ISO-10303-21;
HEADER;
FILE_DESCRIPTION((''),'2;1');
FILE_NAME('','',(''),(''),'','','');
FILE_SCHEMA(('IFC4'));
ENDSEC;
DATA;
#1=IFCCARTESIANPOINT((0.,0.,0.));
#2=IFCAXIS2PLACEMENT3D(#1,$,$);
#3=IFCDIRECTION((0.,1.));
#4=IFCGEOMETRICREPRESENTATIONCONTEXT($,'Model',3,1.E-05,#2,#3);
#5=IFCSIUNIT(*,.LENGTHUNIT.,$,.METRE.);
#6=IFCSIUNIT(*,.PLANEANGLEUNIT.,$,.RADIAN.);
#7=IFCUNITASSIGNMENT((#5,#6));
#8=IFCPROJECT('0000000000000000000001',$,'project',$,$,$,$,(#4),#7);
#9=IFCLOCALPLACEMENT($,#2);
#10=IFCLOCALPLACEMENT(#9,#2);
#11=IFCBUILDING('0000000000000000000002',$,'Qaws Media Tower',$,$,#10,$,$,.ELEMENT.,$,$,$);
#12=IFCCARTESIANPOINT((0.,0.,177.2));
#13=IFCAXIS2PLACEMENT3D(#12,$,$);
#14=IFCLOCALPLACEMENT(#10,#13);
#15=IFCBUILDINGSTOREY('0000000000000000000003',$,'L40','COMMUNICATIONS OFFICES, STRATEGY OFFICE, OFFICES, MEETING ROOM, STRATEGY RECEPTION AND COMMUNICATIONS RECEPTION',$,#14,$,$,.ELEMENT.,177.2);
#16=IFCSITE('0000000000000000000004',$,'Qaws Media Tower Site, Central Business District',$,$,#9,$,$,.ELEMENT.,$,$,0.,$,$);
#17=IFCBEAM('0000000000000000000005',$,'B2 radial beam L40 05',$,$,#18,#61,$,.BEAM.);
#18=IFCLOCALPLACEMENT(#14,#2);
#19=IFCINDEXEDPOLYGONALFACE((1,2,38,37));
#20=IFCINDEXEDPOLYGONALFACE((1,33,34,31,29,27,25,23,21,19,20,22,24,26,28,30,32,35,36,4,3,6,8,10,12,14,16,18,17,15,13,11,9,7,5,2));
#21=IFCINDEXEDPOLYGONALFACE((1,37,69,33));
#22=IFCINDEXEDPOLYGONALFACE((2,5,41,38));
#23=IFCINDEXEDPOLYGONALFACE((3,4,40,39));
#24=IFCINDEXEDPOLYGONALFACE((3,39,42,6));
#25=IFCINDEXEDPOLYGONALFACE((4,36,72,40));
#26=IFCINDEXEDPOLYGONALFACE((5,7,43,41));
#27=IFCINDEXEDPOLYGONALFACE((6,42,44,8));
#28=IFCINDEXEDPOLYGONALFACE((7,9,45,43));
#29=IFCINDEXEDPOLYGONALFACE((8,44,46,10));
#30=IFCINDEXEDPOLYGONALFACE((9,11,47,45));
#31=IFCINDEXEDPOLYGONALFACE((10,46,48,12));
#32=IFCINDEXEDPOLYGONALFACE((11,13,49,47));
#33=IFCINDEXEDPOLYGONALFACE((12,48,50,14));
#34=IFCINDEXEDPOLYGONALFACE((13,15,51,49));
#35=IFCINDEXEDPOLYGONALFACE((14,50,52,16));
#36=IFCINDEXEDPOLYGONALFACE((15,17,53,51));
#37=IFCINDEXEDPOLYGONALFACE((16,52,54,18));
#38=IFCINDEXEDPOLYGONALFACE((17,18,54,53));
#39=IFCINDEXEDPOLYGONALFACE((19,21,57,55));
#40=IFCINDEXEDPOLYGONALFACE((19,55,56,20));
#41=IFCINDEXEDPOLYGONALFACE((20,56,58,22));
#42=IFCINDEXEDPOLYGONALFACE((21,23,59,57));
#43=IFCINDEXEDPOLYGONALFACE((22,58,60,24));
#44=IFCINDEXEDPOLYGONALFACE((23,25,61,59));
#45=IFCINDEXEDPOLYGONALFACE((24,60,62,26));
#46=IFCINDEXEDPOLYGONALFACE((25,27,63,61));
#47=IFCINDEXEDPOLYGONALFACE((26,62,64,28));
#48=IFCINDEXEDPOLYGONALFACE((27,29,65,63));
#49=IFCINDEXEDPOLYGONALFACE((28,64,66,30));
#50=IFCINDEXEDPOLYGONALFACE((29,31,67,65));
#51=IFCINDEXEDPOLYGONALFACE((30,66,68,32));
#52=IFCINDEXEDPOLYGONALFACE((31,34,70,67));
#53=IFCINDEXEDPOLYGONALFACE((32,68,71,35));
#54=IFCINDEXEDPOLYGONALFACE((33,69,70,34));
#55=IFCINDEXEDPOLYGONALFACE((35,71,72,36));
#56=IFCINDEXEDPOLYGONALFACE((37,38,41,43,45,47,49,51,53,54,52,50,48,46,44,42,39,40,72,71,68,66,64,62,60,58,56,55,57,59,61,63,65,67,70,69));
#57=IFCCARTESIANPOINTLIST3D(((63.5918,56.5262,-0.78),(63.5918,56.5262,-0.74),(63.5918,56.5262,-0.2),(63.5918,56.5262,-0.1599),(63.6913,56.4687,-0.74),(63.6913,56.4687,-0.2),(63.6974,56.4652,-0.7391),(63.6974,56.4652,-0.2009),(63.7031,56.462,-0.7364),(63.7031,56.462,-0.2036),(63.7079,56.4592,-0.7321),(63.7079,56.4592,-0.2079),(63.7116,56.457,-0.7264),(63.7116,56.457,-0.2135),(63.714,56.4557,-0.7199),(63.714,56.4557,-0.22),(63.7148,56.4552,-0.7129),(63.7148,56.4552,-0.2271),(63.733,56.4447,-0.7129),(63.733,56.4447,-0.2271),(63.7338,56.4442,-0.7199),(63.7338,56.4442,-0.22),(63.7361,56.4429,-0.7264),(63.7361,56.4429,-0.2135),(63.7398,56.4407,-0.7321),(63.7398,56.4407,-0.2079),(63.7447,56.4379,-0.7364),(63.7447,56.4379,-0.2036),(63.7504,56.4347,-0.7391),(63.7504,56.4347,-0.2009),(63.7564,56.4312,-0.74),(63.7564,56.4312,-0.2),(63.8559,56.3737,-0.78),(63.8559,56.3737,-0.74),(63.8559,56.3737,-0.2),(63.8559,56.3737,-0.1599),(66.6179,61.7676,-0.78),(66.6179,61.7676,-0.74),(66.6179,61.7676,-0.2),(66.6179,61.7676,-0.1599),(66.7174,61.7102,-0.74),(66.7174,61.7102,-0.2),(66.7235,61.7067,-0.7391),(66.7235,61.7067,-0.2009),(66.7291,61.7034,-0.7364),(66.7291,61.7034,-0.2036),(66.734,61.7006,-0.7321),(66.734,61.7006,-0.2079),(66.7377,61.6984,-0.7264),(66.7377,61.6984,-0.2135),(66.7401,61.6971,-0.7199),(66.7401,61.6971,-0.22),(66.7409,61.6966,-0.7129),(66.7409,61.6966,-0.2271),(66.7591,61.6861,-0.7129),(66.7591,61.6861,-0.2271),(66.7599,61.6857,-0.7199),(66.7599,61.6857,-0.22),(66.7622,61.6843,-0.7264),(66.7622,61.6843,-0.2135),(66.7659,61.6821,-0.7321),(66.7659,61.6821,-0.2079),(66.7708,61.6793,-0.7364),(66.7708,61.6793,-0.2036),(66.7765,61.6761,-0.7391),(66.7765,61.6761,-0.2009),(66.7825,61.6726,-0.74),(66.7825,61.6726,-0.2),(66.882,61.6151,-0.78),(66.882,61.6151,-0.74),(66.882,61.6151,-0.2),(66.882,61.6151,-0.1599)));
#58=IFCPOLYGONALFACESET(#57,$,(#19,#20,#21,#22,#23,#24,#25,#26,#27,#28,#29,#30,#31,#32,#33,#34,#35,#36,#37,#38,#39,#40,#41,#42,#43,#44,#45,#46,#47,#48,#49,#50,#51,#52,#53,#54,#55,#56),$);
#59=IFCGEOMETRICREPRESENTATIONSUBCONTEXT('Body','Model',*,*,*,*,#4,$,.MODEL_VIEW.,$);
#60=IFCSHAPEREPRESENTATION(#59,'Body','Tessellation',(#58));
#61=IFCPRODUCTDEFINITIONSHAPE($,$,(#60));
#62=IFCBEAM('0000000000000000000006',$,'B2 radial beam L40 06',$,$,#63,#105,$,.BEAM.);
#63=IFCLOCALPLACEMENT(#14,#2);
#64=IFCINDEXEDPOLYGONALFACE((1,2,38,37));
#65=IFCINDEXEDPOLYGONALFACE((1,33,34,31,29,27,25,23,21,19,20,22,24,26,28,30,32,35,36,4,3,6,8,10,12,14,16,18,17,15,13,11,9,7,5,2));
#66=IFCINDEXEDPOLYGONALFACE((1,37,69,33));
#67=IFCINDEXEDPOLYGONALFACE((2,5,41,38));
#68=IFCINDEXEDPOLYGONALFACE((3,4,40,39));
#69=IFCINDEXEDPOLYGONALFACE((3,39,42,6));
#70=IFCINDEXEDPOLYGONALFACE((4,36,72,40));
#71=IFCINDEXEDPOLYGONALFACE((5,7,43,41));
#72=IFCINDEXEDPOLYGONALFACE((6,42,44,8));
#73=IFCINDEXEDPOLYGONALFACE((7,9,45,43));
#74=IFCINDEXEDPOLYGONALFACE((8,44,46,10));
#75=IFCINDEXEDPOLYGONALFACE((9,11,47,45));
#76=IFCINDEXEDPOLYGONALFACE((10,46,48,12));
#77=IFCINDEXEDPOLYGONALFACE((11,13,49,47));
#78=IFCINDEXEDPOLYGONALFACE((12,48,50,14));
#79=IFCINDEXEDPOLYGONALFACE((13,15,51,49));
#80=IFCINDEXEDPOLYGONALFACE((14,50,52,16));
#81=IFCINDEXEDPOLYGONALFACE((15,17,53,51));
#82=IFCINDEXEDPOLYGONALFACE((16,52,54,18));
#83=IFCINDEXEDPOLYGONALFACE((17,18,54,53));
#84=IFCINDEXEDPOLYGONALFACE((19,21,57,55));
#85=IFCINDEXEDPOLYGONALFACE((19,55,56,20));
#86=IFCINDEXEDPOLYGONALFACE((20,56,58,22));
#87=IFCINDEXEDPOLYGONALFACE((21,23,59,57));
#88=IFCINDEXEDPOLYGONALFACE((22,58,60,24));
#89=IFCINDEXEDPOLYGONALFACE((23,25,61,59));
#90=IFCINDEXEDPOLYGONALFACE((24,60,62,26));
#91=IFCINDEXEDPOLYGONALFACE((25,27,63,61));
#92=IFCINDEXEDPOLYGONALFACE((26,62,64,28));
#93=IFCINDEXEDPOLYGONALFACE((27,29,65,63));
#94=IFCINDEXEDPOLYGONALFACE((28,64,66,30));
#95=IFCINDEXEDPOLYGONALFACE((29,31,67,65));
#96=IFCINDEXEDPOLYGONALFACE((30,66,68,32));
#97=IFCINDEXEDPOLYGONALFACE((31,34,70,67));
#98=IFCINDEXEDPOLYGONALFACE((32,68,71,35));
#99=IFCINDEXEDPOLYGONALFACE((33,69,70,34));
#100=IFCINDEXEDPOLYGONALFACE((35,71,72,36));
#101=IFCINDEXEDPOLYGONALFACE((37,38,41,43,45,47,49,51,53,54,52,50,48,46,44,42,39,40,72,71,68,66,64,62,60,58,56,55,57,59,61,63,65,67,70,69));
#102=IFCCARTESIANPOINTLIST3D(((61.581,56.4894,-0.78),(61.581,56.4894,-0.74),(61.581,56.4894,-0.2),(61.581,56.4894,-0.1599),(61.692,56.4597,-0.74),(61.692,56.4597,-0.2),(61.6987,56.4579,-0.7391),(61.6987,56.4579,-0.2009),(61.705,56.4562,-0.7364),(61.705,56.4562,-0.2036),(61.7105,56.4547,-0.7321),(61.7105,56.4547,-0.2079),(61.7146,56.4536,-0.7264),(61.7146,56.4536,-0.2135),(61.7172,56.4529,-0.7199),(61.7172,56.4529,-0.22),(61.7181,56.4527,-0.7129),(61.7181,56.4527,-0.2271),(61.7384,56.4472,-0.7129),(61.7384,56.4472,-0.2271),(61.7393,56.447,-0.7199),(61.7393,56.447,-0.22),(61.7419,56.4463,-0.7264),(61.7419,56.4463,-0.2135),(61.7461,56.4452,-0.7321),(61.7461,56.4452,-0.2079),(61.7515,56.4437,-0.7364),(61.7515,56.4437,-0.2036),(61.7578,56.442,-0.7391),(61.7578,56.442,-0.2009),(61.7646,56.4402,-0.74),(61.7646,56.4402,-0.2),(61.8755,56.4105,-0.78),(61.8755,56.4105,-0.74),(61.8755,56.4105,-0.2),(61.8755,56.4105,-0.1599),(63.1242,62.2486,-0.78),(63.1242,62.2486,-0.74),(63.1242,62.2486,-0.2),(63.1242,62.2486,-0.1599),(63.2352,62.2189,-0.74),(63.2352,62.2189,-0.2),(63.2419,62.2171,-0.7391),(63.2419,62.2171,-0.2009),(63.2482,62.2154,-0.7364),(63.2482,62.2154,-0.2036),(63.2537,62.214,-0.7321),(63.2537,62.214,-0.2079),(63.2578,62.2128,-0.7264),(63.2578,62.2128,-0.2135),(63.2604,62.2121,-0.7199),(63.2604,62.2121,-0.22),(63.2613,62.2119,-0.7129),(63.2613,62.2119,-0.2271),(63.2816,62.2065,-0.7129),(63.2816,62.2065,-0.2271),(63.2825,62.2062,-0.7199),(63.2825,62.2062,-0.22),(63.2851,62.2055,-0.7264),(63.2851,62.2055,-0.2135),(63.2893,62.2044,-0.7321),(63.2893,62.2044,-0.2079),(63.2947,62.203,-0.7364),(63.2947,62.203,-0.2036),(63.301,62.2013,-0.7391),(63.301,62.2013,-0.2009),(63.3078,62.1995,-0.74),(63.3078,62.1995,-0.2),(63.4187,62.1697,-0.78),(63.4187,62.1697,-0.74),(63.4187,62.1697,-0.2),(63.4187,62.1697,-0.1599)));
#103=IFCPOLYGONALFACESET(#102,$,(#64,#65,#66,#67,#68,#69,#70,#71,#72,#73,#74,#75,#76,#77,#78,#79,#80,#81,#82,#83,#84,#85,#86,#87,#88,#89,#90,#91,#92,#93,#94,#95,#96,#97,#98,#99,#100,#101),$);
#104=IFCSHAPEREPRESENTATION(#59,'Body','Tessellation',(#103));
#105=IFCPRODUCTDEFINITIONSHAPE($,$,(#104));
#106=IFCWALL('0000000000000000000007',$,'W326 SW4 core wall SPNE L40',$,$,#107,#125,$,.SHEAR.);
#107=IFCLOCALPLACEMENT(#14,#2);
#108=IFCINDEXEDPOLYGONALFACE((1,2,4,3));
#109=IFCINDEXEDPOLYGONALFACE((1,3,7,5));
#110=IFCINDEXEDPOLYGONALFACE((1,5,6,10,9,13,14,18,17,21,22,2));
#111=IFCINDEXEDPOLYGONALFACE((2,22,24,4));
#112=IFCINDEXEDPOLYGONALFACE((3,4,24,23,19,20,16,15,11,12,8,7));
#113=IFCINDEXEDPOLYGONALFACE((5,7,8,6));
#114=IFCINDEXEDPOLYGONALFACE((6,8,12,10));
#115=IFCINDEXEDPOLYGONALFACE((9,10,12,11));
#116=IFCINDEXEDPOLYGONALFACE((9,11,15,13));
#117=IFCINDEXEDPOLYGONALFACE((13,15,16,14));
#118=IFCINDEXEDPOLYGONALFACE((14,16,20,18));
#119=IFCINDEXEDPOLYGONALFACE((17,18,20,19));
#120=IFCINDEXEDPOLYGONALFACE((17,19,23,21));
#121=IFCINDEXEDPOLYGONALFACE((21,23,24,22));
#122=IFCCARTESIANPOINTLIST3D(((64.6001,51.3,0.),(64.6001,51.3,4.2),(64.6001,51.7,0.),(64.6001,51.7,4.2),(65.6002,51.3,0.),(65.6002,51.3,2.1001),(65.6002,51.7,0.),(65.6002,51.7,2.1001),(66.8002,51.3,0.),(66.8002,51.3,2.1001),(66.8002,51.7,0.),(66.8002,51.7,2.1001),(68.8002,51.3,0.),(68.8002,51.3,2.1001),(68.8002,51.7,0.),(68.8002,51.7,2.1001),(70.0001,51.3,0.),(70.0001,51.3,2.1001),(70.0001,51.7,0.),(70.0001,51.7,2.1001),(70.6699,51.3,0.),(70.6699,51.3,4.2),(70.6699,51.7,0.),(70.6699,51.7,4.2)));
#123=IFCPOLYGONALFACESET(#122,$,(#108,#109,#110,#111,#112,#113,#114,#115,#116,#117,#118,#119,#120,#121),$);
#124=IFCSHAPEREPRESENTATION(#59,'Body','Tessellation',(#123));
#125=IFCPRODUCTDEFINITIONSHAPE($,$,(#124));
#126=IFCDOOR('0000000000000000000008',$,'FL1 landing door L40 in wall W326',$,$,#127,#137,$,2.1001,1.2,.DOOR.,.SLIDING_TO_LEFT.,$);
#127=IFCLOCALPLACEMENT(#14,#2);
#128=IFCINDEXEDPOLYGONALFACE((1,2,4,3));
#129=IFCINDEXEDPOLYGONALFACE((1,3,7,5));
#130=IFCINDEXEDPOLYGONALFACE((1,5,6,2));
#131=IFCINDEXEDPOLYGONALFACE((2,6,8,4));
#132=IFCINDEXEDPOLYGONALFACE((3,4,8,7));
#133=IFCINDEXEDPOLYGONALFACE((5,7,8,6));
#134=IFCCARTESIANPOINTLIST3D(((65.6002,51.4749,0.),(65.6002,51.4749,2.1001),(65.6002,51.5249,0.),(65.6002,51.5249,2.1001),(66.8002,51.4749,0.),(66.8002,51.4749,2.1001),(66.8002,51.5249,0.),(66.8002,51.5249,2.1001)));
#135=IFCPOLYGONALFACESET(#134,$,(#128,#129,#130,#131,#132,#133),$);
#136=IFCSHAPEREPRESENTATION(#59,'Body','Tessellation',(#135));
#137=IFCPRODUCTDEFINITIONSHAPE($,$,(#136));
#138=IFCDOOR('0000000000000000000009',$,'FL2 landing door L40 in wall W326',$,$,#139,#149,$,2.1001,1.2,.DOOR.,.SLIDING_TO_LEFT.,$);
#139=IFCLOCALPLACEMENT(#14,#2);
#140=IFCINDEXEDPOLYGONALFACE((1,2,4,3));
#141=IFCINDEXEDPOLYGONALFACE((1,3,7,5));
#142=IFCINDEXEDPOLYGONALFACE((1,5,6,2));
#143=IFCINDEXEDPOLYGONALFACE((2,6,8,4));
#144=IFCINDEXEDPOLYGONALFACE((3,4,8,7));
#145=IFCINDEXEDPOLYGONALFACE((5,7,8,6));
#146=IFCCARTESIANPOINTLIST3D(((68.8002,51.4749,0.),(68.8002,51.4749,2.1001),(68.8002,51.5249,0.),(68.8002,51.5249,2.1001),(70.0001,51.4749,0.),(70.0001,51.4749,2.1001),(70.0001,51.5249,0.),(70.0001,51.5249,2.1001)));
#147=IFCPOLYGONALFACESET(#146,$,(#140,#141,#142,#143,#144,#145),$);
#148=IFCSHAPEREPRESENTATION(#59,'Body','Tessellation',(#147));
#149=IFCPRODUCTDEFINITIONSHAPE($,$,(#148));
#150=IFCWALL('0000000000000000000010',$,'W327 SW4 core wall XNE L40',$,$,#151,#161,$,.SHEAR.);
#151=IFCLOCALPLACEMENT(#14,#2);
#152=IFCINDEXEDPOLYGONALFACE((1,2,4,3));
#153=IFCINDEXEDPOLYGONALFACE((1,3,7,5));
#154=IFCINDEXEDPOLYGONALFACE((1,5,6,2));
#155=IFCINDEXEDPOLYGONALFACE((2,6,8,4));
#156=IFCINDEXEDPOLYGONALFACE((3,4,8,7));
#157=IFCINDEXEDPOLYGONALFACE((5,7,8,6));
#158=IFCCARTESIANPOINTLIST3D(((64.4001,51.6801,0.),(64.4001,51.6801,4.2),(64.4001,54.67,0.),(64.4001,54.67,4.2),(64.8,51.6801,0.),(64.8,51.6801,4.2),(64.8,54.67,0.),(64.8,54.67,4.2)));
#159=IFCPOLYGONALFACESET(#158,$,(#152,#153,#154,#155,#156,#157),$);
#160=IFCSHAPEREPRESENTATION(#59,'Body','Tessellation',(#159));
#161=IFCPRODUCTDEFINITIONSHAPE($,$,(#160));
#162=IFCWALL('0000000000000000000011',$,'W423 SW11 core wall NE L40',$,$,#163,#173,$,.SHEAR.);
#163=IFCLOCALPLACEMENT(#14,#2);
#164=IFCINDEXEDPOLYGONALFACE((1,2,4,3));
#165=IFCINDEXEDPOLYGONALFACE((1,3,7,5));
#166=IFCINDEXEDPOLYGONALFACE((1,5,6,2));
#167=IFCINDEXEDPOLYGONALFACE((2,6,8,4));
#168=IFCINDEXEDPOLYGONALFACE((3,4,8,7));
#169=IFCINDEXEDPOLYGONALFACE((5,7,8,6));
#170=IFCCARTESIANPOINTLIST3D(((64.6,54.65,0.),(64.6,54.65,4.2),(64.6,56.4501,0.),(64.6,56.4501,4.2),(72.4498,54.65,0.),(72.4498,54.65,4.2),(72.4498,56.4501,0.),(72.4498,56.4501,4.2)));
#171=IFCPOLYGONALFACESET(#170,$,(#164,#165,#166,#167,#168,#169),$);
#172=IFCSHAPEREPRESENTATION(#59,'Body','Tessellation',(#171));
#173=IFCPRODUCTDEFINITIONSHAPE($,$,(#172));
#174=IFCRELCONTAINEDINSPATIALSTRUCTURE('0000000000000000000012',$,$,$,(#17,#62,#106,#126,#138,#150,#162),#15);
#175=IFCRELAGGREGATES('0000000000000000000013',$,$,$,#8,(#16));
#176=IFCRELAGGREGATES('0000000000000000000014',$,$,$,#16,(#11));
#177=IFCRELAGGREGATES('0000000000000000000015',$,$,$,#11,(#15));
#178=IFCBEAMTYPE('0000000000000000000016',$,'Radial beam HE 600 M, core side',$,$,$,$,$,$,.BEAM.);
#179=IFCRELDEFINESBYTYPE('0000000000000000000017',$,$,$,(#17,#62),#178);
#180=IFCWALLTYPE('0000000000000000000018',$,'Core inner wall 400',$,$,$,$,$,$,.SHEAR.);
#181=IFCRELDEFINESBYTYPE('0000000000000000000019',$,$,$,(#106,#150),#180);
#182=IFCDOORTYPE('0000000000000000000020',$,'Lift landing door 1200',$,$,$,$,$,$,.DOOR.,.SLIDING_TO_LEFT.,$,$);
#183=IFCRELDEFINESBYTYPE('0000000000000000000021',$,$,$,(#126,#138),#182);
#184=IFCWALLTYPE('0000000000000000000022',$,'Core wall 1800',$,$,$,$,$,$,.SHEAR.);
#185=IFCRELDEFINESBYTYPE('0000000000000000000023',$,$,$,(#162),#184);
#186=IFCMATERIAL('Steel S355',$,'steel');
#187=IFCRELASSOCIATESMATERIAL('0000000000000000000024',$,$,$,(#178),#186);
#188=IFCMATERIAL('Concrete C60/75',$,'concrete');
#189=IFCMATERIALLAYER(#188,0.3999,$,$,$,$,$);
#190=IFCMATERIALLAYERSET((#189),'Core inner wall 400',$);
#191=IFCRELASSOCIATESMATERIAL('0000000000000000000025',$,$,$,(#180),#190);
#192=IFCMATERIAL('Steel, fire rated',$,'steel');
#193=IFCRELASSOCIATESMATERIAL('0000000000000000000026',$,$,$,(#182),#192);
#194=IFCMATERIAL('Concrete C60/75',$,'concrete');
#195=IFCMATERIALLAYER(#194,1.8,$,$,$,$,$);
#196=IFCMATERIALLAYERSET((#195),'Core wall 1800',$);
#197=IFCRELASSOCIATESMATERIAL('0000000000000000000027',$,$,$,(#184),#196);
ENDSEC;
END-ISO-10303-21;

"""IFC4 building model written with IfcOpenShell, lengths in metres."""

from ifc_helpers import new_model, si_unit, direction, frame, frame_2d, origin, origin_2d, place, context, subcontext, project, spatial, rectangle, i_section, extrude, material, layer, layer_set, material_profile, profile_set, type_object, element, fill, save


model = new_model("IFC4")

# Units and contexts
model_context = context("Model", 3, precision=1e-05, world=origin(), true_north=direction((0.0, 1.0)))
body_context = subcontext(model_context, "Body", "Model", "MODEL_VIEW")
ifc_project = project(units=[si_unit("LENGTHUNIT", "METRE"), si_unit("PLANEANGLEUNIT", "RADIAN")], contexts=[model_context])

# Site, building, storey
site_placement = place(None, origin())
site = spatial("IfcSite", under=ifc_project, at=site_placement, Name="Qaws Media Tower Site, Central Business District", CompositionType="ELEMENT", RefElevation=0.0)
building_placement = place(site_placement, origin())
building = spatial("IfcBuilding", under=site, at=building_placement, Name="Qaws Media Tower", CompositionType="ELEMENT")
storey_placement = place(building_placement, frame((0.0, 0.0, 177.2)))
storey = spatial("IfcBuildingStorey", under=building, at=storey_placement, Name="L40", Description="COMMUNICATIONS OFFICES, STRATEGY OFFICE, OFFICES, MEETING ROOM, STRATEGY RECEPTION AND COMMUNICATIONS RECEPTION", CompositionType="ELEMENT", Elevation=177.2)

# Beams
ifc_material_1 = material(Name="Steel S355", Category="steel")
ifc_material_profile_1 = material_profile(ifc_material_1, i_section(OverallWidth=0.3049, OverallDepth=0.6201, WebThickness=0.021, FlangeThickness=0.04, FilletRadius=0.0271, at=origin_2d()), Name="HE 600 M")
ifc_profile_set_1 = profile_set([ifc_material_profile_1], Name="Steel S355")
beam_type_1 = type_object("IfcBeamType", Name="Radial beam HE 600 M, core side", PredefinedType="BEAM", material=ifc_profile_set_1)
beam_1_placement = place(storey_placement, frame((63.7239, 56.45, -0.47), z_axis=(0.499996, 0.866028, 0.0), x_axis=(-0.866028, 0.499996, 0.0)))
element("IfcBeam", 1, at=beam_1_placement, inside=storey, type_object=beam_type_1, Name="B2 radial beam L40 05", PredefinedType="BEAM", context=body_context, shape_type="SweptSolid", body=[
    extrude(i_section(OverallWidth=0.3049, OverallDepth=0.6201, WebThickness=0.021, FlangeThickness=0.04, FilletRadius=0.0271, at=origin_2d()), origin(), (0.0, 0.0, 1.0), 6.0522),
])
beam_2_placement = place(storey_placement, frame((61.7283, 56.45, -0.47), z_axis=(0.258822, 0.965925, 0.0), x_axis=(-0.965925, 0.258822, 0.0)))
element("IfcBeam", 2, at=beam_2_placement, inside=storey, type_object=beam_type_1, Name="B2 radial beam L40 06", PredefinedType="BEAM", context=body_context, shape_type="SweptSolid", body=[
    extrude(i_section(OverallWidth=0.3049, OverallDepth=0.6201, WebThickness=0.021, FlangeThickness=0.04, FilletRadius=0.0271, at=origin_2d()), origin(), (0.0, 0.0, 1.0), 5.9624),
])

# Wall, openings, doors
ifc_material_2 = material(Name="Concrete C60/75", Category="concrete")
ifc_layer_1 = layer(ifc_material_2, 0.3999)
ifc_layer_set_1 = layer_set([ifc_layer_1], Name="Core inner wall 400")
wall_type_1 = type_object("IfcWallType", Name="Core inner wall 400", PredefinedType="SHEAR", material=ifc_layer_set_1)
wall_1_placement = place(storey_placement, frame((64.6001, 51.5, 0.0), z_axis=(0.0, 0.0, 1.0), x_axis=(1.0, 0.0, 0.0)))
wall_1 = element("IfcWall", 3, at=wall_1_placement, inside=storey, type_object=wall_type_1, Name="W326 SW4 core wall SPNE L40", PredefinedType="SHEAR", context=body_context, shape_type="SweptSolid", body=[
    extrude(rectangle(XDim=6.0698, YDim=0.3999, at=frame_2d((3.0349, 0.0))), origin(), (0.0, 0.0, 1.0), 4.2),
])
opening_1_placement = place(wall_1_placement, frame((1.0, 0.0, 0.0)))
opening_1 = element("IfcOpeningElement", 4, at=opening_1_placement, cuts=wall_1, PredefinedType="OPENING", context=body_context, shape_type="SweptSolid", body=[
    extrude(rectangle(XDim=1.2, YDim=2.1001, at=frame_2d((0.6001, 1.05))), frame((0.0, 0.21, 0.0), z_axis=(0.0, -1.0, 0.0), x_axis=(1.0, 0.0, 0.0)), (0.0, 0.0, 1.0), 0.4199),
])
opening_2_placement = place(wall_1_placement, frame((4.2, 0.0, 0.0)))
opening_2 = element("IfcOpeningElement", 5, at=opening_2_placement, cuts=wall_1, PredefinedType="OPENING", context=body_context, shape_type="SweptSolid", body=[
    extrude(rectangle(XDim=1.2, YDim=2.1001, at=frame_2d((0.6001, 1.05))), frame((0.0, 0.21, 0.0), z_axis=(0.0, -1.0, 0.0), x_axis=(1.0, 0.0, 0.0)), (0.0, 0.0, 1.0), 0.4199),
])
ifc_material_3 = material(Name="Steel, fire rated", Category="steel")
door_type = type_object("IfcDoorType", Name="Lift landing door 1200", OperationType="SLIDING_TO_LEFT", PredefinedType="DOOR", material=ifc_material_3)
door_1_placement = place(opening_1_placement, origin())
door_1 = element("IfcDoor", 6, at=door_1_placement, inside=storey, type_object=door_type, Name="FL1 landing door L40 in wall W326", OperationType="SLIDING_TO_LEFT", OverallHeight=2.1001, OverallWidth=1.2, PredefinedType="DOOR", context=body_context, shape_type="SweptSolid", body=[
    extrude(rectangle(XDim=1.2, YDim=2.1001, at=frame_2d((0.6001, 1.05))), frame((0.0, 0.0249, 0.0), z_axis=(0.0, -1.0, 0.0), x_axis=(1.0, 0.0, 0.0)), (0.0, 0.0, 1.0), 0.05),
])
fill(opening_1, door_1)
door_2_placement = place(opening_2_placement, origin())
door_2 = element("IfcDoor", 7, at=door_2_placement, inside=storey, type_object=door_type, Name="FL2 landing door L40 in wall W326", OperationType="SLIDING_TO_LEFT", OverallHeight=2.1001, OverallWidth=1.2, PredefinedType="DOOR", context=body_context, shape_type="SweptSolid", body=[
    extrude(rectangle(XDim=1.2, YDim=2.1001, at=frame_2d((0.6001, 1.05))), frame((0.0, 0.0249, 0.0), z_axis=(0.0, -1.0, 0.0), x_axis=(1.0, 0.0, 0.0)), (0.0, 0.0, 1.0), 0.05),
])
fill(opening_2, door_2)

# Walls
wall_2_placement = place(storey_placement, frame((64.6001, 51.6799, 0.0), z_axis=(0.0, 0.0, 1.0), x_axis=(0.0, 1.0, 0.0)))
element("IfcWall", 8, at=wall_2_placement, inside=storey, type_object=wall_type_1, Name="W327 SW4 core wall XNE L40", PredefinedType="SHEAR", context=body_context, shape_type="SweptSolid", body=[
    extrude(rectangle(XDim=2.99, YDim=0.3999, at=frame_2d((1.4951, 0.0))), origin(), (0.0, 0.0, 1.0), 4.2),
])
ifc_material_4 = material(Name="Concrete C60/75", Category="concrete")
ifc_layer_2 = layer(ifc_material_4, 1.8)
ifc_layer_set_2 = layer_set([ifc_layer_2], Name="Core wall 1800")
wall_type_2 = type_object("IfcWallType", Name="Core wall 1800", PredefinedType="SHEAR", material=ifc_layer_set_2)
wall_3_placement = place(storey_placement, frame((64.6001, 55.55, 0.0), z_axis=(0.0, 0.0, 1.0), x_axis=(1.0, 0.0, 0.0)))
element("IfcWall", 9, at=wall_3_placement, inside=storey, type_object=wall_type_2, Name="W423 SW11 core wall NE L40", PredefinedType="SHEAR", context=body_context, shape_type="SweptSolid", body=[
    extrude(rectangle(XDim=7.8499, YDim=1.8, at=frame_2d((3.9248, 0.0))), origin(), (0.0, 0.0, 1.0), 4.2),
])

save(model, "model.ifc")
